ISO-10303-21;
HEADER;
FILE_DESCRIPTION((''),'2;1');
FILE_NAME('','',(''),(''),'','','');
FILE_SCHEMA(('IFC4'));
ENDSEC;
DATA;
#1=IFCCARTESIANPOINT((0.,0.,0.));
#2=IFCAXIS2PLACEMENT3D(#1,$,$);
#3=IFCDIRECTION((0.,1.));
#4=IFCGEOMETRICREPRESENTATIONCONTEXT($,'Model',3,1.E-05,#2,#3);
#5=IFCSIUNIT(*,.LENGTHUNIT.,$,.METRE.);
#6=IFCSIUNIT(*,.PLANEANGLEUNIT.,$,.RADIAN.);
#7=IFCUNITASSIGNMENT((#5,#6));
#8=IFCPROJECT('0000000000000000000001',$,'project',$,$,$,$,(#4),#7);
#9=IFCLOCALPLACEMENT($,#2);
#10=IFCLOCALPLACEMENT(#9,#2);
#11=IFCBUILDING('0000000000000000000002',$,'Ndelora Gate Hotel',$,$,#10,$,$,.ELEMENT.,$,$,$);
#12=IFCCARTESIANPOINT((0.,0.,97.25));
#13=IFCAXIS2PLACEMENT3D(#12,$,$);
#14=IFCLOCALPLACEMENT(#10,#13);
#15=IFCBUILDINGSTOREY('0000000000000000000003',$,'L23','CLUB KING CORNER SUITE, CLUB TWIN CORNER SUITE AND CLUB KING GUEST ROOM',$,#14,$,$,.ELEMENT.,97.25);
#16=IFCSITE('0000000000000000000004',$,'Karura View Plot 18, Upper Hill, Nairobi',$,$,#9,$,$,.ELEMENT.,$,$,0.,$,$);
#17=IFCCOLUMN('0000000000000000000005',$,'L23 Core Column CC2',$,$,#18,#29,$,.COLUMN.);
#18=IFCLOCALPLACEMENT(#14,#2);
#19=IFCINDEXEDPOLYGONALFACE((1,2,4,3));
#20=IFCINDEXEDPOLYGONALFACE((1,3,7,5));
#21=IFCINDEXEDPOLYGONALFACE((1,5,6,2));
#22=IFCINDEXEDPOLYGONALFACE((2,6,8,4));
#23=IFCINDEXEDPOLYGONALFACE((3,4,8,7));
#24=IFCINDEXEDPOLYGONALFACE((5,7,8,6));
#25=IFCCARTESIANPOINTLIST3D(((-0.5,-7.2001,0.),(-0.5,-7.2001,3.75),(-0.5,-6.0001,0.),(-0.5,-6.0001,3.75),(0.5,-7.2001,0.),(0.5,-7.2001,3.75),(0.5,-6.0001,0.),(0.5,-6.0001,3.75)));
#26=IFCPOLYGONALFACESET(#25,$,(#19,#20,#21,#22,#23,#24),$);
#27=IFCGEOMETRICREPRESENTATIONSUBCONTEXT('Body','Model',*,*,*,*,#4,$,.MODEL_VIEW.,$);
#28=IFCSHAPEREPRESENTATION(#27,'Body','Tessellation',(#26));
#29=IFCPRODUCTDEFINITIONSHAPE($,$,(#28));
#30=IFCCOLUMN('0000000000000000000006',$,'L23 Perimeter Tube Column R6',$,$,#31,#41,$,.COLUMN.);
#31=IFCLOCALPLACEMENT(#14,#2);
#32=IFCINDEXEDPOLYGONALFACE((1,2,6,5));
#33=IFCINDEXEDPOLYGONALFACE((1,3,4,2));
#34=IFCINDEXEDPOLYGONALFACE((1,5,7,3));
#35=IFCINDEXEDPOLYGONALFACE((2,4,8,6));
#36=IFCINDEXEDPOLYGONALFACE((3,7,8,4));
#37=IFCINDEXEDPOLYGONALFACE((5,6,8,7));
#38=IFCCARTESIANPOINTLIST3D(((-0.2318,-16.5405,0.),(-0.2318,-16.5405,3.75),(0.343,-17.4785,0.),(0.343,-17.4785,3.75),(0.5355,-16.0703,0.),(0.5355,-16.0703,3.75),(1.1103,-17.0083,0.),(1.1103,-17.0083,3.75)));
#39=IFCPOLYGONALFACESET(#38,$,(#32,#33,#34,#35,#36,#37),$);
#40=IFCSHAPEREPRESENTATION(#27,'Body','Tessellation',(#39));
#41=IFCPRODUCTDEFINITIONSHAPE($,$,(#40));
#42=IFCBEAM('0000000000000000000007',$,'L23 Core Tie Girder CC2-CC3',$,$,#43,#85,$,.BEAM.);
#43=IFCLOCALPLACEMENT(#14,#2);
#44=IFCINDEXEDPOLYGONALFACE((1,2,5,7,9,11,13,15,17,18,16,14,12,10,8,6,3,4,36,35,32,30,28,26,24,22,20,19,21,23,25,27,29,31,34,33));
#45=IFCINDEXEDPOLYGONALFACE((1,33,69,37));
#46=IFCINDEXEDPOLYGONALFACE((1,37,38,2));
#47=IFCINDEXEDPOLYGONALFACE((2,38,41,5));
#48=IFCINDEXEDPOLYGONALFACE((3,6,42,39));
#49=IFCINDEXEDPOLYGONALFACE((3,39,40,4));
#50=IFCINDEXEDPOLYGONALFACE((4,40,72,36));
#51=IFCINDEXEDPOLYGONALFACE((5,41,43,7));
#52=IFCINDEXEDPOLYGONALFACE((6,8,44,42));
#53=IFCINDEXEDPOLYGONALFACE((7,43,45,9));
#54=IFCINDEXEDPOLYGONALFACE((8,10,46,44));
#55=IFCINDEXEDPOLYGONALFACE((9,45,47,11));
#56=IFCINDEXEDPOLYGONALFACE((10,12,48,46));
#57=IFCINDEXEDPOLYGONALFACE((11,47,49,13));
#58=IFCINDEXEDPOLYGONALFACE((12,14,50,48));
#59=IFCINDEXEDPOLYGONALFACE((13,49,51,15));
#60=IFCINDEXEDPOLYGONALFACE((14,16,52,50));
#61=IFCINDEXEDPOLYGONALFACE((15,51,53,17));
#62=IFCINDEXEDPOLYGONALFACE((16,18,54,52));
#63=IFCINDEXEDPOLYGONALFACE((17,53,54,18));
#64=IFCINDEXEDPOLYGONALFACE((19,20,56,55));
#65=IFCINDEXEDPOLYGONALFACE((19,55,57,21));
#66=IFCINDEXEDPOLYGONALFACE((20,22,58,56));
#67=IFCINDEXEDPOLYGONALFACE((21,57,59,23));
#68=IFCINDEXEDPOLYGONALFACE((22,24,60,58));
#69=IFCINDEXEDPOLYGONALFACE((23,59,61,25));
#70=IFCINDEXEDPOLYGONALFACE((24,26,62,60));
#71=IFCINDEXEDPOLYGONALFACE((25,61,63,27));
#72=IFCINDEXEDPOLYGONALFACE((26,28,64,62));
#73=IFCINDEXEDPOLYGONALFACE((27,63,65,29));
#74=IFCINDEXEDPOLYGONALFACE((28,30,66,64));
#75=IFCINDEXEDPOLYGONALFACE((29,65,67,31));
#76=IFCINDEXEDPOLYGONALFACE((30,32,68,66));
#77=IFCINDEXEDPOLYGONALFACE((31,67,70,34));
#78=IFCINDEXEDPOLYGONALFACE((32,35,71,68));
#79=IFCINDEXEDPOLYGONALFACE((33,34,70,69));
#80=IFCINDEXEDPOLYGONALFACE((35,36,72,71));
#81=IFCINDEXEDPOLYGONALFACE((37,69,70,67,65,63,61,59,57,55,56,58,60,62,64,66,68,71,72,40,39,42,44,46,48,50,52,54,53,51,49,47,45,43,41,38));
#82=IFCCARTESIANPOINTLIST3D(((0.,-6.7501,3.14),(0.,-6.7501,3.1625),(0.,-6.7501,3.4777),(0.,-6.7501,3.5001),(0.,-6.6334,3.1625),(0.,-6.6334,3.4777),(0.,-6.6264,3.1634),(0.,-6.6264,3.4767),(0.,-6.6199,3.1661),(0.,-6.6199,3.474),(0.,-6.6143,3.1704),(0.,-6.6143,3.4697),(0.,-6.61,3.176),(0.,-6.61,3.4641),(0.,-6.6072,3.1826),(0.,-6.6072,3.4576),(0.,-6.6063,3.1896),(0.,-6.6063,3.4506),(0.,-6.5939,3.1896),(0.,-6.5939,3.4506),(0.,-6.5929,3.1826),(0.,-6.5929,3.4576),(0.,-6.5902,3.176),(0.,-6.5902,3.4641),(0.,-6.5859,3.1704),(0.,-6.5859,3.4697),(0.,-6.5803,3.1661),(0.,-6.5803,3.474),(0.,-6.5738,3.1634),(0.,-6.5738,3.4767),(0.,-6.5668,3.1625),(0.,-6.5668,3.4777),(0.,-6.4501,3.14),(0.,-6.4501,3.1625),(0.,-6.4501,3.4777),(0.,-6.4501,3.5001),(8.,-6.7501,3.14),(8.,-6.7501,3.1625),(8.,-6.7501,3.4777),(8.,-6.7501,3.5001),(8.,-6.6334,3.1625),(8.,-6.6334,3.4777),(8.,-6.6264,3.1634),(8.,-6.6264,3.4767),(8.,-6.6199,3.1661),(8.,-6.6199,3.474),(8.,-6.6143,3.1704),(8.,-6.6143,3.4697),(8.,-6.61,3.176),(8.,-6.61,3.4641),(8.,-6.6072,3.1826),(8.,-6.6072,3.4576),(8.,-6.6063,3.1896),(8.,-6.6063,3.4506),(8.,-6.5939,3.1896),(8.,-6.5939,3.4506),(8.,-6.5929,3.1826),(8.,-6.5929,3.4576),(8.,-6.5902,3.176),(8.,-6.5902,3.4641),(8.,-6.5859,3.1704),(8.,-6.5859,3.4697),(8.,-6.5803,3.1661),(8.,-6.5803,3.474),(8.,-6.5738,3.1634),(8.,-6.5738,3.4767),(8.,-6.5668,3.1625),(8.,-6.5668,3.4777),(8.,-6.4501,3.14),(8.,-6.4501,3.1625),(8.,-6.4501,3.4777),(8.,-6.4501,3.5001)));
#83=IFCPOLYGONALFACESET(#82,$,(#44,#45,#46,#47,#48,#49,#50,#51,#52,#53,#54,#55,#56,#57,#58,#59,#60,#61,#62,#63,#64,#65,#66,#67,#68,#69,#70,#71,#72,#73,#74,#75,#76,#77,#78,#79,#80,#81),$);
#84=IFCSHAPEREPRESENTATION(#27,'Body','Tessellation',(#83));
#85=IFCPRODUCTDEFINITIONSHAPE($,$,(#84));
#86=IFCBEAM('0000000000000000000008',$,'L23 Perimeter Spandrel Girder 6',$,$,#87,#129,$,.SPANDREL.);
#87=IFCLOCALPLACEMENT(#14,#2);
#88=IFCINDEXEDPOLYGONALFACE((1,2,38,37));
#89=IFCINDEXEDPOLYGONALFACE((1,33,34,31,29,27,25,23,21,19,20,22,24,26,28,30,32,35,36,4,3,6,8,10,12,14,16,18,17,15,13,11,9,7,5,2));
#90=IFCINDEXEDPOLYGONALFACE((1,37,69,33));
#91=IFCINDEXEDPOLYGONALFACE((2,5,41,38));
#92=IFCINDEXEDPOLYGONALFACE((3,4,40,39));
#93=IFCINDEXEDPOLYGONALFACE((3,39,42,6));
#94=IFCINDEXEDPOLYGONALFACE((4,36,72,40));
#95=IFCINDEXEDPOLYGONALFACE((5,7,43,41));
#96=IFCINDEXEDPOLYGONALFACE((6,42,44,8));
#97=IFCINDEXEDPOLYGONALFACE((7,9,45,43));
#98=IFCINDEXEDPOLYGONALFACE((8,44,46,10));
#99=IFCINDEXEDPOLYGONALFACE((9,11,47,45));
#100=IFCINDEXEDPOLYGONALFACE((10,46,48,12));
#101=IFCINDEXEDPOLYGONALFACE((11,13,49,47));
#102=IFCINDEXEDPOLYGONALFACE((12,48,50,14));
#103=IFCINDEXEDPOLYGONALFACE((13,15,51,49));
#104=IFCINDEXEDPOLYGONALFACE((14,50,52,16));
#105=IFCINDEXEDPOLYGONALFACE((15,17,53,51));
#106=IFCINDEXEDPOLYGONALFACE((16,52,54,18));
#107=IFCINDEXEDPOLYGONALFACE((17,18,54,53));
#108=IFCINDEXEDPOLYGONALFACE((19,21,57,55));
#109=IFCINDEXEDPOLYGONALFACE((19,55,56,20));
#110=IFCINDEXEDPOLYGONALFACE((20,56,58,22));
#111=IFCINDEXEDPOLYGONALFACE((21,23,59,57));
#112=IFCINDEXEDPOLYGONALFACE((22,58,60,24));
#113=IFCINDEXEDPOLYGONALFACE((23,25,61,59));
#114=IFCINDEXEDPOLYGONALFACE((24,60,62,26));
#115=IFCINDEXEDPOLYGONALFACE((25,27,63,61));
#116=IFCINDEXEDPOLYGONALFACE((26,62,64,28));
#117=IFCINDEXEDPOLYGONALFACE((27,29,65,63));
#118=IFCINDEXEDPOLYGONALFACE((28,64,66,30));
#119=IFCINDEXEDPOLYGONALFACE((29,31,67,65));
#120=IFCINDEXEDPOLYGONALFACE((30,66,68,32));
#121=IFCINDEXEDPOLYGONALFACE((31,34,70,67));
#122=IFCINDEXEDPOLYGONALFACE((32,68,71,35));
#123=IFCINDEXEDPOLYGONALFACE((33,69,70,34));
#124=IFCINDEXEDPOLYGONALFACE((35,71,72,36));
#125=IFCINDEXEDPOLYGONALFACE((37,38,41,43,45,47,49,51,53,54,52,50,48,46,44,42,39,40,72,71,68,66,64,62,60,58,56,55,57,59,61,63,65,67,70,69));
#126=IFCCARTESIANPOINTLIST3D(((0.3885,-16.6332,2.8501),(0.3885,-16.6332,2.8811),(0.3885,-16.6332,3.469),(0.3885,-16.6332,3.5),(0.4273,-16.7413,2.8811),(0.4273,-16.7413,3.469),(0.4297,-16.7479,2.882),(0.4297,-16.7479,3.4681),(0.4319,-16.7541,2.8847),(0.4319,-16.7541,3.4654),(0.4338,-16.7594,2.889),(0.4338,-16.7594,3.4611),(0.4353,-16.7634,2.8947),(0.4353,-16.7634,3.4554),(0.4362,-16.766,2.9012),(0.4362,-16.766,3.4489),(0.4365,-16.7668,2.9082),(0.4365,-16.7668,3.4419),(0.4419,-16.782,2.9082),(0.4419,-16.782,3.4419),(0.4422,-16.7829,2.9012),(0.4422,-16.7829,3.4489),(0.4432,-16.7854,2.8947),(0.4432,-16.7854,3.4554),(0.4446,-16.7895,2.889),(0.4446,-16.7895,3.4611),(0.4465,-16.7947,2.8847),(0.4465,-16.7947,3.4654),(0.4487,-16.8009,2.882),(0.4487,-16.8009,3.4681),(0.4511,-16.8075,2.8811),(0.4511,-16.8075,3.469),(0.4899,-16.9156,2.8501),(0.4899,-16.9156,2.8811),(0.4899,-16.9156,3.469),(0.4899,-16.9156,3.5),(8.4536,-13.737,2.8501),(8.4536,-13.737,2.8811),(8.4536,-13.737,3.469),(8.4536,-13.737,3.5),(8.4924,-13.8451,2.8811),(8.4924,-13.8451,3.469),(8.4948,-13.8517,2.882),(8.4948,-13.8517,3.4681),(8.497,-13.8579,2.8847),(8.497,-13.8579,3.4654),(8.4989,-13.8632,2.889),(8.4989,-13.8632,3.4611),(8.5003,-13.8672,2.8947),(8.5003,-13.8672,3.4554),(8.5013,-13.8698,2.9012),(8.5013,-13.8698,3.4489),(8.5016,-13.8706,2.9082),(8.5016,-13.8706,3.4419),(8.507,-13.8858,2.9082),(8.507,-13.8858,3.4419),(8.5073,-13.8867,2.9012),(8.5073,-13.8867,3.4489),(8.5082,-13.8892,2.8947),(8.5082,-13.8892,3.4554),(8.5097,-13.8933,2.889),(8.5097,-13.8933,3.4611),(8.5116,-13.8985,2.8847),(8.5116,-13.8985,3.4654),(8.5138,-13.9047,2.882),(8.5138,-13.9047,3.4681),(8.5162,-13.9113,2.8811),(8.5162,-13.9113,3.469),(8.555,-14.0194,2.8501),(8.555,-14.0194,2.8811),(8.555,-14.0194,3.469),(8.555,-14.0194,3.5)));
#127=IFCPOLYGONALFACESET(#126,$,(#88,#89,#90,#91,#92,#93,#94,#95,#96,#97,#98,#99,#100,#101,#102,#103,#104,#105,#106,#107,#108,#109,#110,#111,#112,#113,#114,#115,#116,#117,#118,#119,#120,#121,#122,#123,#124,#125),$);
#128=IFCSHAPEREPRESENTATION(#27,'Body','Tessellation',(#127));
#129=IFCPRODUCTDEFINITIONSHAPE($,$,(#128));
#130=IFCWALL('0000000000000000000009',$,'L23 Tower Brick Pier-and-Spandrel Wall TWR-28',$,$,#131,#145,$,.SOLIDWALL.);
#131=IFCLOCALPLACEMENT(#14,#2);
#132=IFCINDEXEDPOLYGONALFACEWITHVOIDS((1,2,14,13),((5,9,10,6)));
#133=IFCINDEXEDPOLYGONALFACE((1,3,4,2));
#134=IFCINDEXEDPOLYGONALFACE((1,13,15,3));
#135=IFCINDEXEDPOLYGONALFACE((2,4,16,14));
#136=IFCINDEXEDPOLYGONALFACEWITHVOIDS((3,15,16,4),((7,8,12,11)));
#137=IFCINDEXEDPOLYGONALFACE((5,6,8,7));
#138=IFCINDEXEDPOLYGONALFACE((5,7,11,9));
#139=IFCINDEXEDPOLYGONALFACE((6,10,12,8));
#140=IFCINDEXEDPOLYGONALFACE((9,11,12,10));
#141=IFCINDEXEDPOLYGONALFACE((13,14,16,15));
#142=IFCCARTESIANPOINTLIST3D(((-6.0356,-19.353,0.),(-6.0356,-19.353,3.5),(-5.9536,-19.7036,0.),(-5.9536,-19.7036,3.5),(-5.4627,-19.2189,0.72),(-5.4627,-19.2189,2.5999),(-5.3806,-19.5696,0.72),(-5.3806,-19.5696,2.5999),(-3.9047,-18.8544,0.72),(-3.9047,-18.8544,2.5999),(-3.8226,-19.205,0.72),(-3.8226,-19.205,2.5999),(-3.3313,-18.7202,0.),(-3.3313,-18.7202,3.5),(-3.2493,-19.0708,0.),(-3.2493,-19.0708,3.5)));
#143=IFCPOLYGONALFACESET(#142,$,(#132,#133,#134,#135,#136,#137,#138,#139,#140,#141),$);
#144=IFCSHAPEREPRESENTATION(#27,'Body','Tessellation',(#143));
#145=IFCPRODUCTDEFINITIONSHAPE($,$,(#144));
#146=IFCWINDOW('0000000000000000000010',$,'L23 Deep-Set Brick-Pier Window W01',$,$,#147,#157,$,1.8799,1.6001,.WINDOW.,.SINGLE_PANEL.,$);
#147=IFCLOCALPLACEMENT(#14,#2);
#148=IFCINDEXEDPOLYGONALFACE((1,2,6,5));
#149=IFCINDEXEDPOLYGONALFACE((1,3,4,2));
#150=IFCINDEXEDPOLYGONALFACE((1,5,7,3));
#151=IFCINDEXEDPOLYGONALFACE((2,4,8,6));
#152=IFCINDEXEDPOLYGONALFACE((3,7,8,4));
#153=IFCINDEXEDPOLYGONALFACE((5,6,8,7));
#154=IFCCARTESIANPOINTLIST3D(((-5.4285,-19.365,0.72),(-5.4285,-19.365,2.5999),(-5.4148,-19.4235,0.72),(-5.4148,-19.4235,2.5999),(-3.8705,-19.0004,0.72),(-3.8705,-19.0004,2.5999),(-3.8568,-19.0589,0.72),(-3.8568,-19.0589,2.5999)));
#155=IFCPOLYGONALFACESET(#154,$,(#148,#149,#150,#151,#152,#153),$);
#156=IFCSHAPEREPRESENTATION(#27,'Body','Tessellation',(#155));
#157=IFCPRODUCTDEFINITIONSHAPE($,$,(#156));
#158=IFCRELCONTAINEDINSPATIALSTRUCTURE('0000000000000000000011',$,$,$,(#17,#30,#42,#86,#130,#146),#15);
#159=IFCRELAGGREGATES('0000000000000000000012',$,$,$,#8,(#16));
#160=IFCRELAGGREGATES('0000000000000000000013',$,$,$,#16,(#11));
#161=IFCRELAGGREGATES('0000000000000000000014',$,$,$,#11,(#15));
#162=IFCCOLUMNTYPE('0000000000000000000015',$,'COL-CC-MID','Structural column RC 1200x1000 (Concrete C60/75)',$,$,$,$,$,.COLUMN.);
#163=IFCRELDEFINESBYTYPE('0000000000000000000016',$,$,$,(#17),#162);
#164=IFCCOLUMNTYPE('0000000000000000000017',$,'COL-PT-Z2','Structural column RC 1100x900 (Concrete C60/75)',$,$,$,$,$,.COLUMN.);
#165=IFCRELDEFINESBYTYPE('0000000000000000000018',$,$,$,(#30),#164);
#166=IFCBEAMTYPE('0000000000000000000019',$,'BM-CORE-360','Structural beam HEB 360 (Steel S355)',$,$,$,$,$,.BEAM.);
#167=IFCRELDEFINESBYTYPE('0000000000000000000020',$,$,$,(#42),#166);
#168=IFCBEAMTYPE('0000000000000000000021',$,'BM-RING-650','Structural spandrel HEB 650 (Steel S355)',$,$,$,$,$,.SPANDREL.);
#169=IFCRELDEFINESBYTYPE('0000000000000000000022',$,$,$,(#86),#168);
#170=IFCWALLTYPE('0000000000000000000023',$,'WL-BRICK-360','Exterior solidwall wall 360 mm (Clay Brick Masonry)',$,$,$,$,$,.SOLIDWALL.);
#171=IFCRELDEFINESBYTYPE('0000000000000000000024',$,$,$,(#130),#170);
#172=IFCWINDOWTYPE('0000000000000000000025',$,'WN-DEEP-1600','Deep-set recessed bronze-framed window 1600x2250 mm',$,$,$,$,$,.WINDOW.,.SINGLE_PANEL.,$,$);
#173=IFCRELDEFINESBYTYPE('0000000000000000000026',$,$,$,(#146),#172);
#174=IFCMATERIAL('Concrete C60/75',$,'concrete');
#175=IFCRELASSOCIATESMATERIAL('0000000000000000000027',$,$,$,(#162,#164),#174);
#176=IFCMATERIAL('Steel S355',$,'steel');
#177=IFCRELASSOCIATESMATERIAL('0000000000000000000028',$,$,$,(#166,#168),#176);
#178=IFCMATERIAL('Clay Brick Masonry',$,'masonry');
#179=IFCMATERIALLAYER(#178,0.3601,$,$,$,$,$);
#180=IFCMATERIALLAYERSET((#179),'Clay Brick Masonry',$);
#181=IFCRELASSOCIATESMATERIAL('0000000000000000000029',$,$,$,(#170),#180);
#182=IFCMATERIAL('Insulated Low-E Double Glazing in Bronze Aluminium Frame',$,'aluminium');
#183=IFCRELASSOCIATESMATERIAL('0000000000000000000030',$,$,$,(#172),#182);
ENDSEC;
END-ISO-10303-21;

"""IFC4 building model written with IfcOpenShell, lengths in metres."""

from ifc_helpers import new_model, si_unit, direction, frame, frame_2d, origin, origin_2d, place, context, subcontext, project, spatial, rectangle, i_section, extrude, material, layer, layer_set, material_profile, profile_set, type_object, element, fill, save


model = new_model("IFC4")

# Units and contexts
model_context = context("Model", 3, precision=1e-05, world=origin(), true_north=direction((0.0, 1.0)))
body_context = subcontext(model_context, "Body", "Model", "MODEL_VIEW")
ifc_project = project(units=[si_unit("LENGTHUNIT", "METRE"), si_unit("PLANEANGLEUNIT", "RADIAN")], contexts=[model_context])

# Site, building, storey
site_placement = place(None, origin())
site = spatial("IfcSite", under=ifc_project, at=site_placement, Name="Karura View Plot 18, Upper Hill, Nairobi", CompositionType="ELEMENT", RefElevation=0.0)
building_placement = place(site_placement, origin())
building = spatial("IfcBuilding", under=site, at=building_placement, Name="Ndelora Gate Hotel", CompositionType="ELEMENT")
storey_placement = place(building_placement, frame((0.0, 0.0, 97.25)))
storey = spatial("IfcBuildingStorey", under=building, at=storey_placement, Name="L23", Description="CLUB KING CORNER SUITE, CLUB TWIN CORNER SUITE AND CLUB KING GUEST ROOM", CompositionType="ELEMENT", Elevation=97.25)

# Columns
ifc_material_1 = material(Name="Concrete C60/75", Category="concrete")
ifc_material_profile_1 = material_profile(ifc_material_1, rectangle(XDim=1.0, YDim=1.2, at=origin_2d()), Name="RC 1200x1000")
ifc_profile_set_1 = profile_set([ifc_material_profile_1], Name="Concrete C60/75")
column_type_1 = type_object("IfcColumnType", Name="COL-CC-MID", Description="Structural column RC 1200x1000 (Concrete C60/75)", PredefinedType="COLUMN", material=ifc_profile_set_1)
column_1_placement = place(storey_placement, frame((0.0, -6.6001, 0.0), z_axis=(0.0, 0.0, 1.0), x_axis=(1.0, 0.0, 0.0)))
element("IfcColumn", 1, at=column_1_placement, inside=storey, type_object=column_type_1, Name="L23 Core Column CC2", PredefinedType="COLUMN", context=body_context, shape_type="SweptSolid", body=[
    extrude(rectangle(XDim=1.0, YDim=1.2, at=origin_2d()), origin(), (0.0, 0.0, 1.0), 3.75),
])
ifc_material_profile_2 = material_profile(ifc_material_1, rectangle(XDim=0.8999, YDim=1.1001, at=origin_2d()), Name="RC 1100x900")
ifc_profile_set_2 = profile_set([ifc_material_profile_2], Name="Concrete C60/75")
column_type_2 = type_object("IfcColumnType", Name="COL-PT-Z2", Description="Structural column RC 1100x900 (Concrete C60/75)", PredefinedType="COLUMN", material=ifc_profile_set_2)
column_2_placement = place(storey_placement, frame((0.4392, -16.7744, 0.0), z_axis=(0.0, 0.0, 1.0), x_axis=(0.85264, 0.522499, 0.0)))
element("IfcColumn", 2, at=column_2_placement, inside=storey, type_object=column_type_2, Name="L23 Perimeter Tube Column R6", PredefinedType="COLUMN", context=body_context, shape_type="SweptSolid", body=[
    extrude(rectangle(XDim=0.8999, YDim=1.1001, at=origin_2d()), origin(), (0.0, 0.0, 1.0), 3.75),
])

# Beams
ifc_material_2 = material(Name="Steel S355", Category="steel")
ifc_material_profile_3 = material_profile(ifc_material_2, i_section(OverallWidth=0.3, OverallDepth=0.3601, WebThickness=0.0125, FlangeThickness=0.0225, FilletRadius=0.0271, at=origin_2d()), Name="HEB 360")
ifc_profile_set_3 = profile_set([ifc_material_profile_3], Name="Steel S355")
beam_type_1 = type_object("IfcBeamType", Name="BM-CORE-360", Description="Structural beam HEB 360 (Steel S355)", PredefinedType="BEAM", material=ifc_profile_set_3)
beam_1_placement = place(storey_placement, frame((0.0, -6.6001, 3.3201), z_axis=(1.0, 0.0, 0.0), x_axis=(0.0, 1.0, 0.0)))
element("IfcBeam", 3, at=beam_1_placement, inside=storey, type_object=beam_type_1, Name="L23 Core Tie Girder CC2-CC3", PredefinedType="BEAM", context=body_context, shape_type="SweptSolid", body=[
    extrude(i_section(OverallWidth=0.3, OverallDepth=0.3601, WebThickness=0.0125, FlangeThickness=0.0225, FilletRadius=0.0271, at=origin_2d()), origin(), (0.0, 0.0, 1.0), 8.0),
])
ifc_material_profile_4 = material_profile(ifc_material_2, i_section(OverallWidth=0.3, OverallDepth=0.6499, WebThickness=0.0161, FlangeThickness=0.031, FilletRadius=0.0271, at=origin_2d()), Name="HEB 650")
ifc_profile_set_4 = profile_set([ifc_material_profile_4], Name="Steel S355")
beam_type_2 = type_object("IfcBeamType", Name="BM-RING-650", Description="Structural spandrel HEB 650 (Steel S355)", PredefinedType="SPANDREL", material=ifc_profile_set_4)
beam_2_placement = place(storey_placement, frame((0.4392, -16.7744, 3.175), z_axis=(0.941156, 0.337973, 0.0), x_axis=(-0.337973, 0.941156, 0.0)))
element("IfcBeam", 4, at=beam_2_placement, inside=storey, type_object=beam_type_2, Name="L23 Perimeter Spandrel Girder 6", PredefinedType="SPANDREL", context=body_context, shape_type="SweptSolid", body=[
    extrude(i_section(OverallWidth=0.3, OverallDepth=0.6499, WebThickness=0.0161, FlangeThickness=0.031, FilletRadius=0.0271, at=origin_2d()), origin(), (0.0, 0.0, 1.0), 8.5693),
])

# Wall, opening, window
ifc_material_3 = material(Name="Clay Brick Masonry", Category="masonry")
ifc_layer_1 = layer(ifc_material_3, 0.3601)
ifc_layer_set_1 = layer_set([ifc_layer_1], Name="Clay Brick Masonry")
wall_type_1 = type_object("IfcWallType", Name="WL-BRICK-360", Description="Exterior solidwall wall 360 mm (Clay Brick Masonry)", PredefinedType="SOLIDWALL", material=ifc_layer_set_1)
wall_1_placement = place(storey_placement, frame((-3.2903, -18.8955, 0.0), z_axis=(0.0, 0.0, 1.0), x_axis=(-0.973698, -0.227844, 0.0)))
wall_1 = element("IfcWall", 5, at=wall_1_placement, inside=storey, type_object=wall_type_1, Name="L23 Tower Brick Pier-and-Spandrel Wall TWR-28", PredefinedType="SOLIDWALL", context=body_context, shape_type="SweptSolid", body=[
    extrude(rectangle(XDim=2.7773, YDim=0.3601, at=frame_2d((1.3887, 0.0))), origin(), (0.0, 0.0, 1.0), 3.5),
])
opening_1_placement = place(wall_1_placement, frame((0.5889, 0.0, 0.72)))
opening_1 = element("IfcOpeningElement", 6, at=opening_1_placement, cuts=wall_1, PredefinedType="OPENING", context=body_context, shape_type="SweptSolid", body=[
    extrude(rectangle(XDim=1.6001, YDim=1.8799, at=frame_2d((0.8, 0.9399))), frame((0.0, 0.1899, 0.0), z_axis=(0.0, -1.0, 0.0), x_axis=(1.0, 0.0, 0.0)), (0.0, 0.0, 1.0), 0.3801),
])
ifc_material_4 = material(Name="Insulated Low-E Double Glazing in Bronze Aluminium Frame", Category="aluminium")
window_type_1 = type_object("IfcWindowType", Name="WN-DEEP-1600", Description="Deep-set recessed bronze-framed window 1600x2250 mm", PartitioningType="SINGLE_PANEL", PredefinedType="WINDOW", material=ifc_material_4)
window_1_placement = place(opening_1_placement, origin())
window_1 = element("IfcWindow", 7, at=window_1_placement, inside=storey, type_object=window_type_1, Name="L23 Deep-Set Brick-Pier Window W01", OverallHeight=1.8799, OverallWidth=1.6001, PartitioningType="SINGLE_PANEL", PredefinedType="WINDOW", context=body_context, shape_type="SweptSolid", body=[
    extrude(rectangle(XDim=1.6001, YDim=1.8799, at=frame_2d((0.8, 0.9399))), frame((0.0, 0.03, 0.0), z_axis=(0.0, -1.0, 0.0), x_axis=(1.0, 0.0, 0.0)), (0.0, 0.0, 1.0), 0.0601),
])
fill(opening_1, window_1)

save(model, "model.ifc")
